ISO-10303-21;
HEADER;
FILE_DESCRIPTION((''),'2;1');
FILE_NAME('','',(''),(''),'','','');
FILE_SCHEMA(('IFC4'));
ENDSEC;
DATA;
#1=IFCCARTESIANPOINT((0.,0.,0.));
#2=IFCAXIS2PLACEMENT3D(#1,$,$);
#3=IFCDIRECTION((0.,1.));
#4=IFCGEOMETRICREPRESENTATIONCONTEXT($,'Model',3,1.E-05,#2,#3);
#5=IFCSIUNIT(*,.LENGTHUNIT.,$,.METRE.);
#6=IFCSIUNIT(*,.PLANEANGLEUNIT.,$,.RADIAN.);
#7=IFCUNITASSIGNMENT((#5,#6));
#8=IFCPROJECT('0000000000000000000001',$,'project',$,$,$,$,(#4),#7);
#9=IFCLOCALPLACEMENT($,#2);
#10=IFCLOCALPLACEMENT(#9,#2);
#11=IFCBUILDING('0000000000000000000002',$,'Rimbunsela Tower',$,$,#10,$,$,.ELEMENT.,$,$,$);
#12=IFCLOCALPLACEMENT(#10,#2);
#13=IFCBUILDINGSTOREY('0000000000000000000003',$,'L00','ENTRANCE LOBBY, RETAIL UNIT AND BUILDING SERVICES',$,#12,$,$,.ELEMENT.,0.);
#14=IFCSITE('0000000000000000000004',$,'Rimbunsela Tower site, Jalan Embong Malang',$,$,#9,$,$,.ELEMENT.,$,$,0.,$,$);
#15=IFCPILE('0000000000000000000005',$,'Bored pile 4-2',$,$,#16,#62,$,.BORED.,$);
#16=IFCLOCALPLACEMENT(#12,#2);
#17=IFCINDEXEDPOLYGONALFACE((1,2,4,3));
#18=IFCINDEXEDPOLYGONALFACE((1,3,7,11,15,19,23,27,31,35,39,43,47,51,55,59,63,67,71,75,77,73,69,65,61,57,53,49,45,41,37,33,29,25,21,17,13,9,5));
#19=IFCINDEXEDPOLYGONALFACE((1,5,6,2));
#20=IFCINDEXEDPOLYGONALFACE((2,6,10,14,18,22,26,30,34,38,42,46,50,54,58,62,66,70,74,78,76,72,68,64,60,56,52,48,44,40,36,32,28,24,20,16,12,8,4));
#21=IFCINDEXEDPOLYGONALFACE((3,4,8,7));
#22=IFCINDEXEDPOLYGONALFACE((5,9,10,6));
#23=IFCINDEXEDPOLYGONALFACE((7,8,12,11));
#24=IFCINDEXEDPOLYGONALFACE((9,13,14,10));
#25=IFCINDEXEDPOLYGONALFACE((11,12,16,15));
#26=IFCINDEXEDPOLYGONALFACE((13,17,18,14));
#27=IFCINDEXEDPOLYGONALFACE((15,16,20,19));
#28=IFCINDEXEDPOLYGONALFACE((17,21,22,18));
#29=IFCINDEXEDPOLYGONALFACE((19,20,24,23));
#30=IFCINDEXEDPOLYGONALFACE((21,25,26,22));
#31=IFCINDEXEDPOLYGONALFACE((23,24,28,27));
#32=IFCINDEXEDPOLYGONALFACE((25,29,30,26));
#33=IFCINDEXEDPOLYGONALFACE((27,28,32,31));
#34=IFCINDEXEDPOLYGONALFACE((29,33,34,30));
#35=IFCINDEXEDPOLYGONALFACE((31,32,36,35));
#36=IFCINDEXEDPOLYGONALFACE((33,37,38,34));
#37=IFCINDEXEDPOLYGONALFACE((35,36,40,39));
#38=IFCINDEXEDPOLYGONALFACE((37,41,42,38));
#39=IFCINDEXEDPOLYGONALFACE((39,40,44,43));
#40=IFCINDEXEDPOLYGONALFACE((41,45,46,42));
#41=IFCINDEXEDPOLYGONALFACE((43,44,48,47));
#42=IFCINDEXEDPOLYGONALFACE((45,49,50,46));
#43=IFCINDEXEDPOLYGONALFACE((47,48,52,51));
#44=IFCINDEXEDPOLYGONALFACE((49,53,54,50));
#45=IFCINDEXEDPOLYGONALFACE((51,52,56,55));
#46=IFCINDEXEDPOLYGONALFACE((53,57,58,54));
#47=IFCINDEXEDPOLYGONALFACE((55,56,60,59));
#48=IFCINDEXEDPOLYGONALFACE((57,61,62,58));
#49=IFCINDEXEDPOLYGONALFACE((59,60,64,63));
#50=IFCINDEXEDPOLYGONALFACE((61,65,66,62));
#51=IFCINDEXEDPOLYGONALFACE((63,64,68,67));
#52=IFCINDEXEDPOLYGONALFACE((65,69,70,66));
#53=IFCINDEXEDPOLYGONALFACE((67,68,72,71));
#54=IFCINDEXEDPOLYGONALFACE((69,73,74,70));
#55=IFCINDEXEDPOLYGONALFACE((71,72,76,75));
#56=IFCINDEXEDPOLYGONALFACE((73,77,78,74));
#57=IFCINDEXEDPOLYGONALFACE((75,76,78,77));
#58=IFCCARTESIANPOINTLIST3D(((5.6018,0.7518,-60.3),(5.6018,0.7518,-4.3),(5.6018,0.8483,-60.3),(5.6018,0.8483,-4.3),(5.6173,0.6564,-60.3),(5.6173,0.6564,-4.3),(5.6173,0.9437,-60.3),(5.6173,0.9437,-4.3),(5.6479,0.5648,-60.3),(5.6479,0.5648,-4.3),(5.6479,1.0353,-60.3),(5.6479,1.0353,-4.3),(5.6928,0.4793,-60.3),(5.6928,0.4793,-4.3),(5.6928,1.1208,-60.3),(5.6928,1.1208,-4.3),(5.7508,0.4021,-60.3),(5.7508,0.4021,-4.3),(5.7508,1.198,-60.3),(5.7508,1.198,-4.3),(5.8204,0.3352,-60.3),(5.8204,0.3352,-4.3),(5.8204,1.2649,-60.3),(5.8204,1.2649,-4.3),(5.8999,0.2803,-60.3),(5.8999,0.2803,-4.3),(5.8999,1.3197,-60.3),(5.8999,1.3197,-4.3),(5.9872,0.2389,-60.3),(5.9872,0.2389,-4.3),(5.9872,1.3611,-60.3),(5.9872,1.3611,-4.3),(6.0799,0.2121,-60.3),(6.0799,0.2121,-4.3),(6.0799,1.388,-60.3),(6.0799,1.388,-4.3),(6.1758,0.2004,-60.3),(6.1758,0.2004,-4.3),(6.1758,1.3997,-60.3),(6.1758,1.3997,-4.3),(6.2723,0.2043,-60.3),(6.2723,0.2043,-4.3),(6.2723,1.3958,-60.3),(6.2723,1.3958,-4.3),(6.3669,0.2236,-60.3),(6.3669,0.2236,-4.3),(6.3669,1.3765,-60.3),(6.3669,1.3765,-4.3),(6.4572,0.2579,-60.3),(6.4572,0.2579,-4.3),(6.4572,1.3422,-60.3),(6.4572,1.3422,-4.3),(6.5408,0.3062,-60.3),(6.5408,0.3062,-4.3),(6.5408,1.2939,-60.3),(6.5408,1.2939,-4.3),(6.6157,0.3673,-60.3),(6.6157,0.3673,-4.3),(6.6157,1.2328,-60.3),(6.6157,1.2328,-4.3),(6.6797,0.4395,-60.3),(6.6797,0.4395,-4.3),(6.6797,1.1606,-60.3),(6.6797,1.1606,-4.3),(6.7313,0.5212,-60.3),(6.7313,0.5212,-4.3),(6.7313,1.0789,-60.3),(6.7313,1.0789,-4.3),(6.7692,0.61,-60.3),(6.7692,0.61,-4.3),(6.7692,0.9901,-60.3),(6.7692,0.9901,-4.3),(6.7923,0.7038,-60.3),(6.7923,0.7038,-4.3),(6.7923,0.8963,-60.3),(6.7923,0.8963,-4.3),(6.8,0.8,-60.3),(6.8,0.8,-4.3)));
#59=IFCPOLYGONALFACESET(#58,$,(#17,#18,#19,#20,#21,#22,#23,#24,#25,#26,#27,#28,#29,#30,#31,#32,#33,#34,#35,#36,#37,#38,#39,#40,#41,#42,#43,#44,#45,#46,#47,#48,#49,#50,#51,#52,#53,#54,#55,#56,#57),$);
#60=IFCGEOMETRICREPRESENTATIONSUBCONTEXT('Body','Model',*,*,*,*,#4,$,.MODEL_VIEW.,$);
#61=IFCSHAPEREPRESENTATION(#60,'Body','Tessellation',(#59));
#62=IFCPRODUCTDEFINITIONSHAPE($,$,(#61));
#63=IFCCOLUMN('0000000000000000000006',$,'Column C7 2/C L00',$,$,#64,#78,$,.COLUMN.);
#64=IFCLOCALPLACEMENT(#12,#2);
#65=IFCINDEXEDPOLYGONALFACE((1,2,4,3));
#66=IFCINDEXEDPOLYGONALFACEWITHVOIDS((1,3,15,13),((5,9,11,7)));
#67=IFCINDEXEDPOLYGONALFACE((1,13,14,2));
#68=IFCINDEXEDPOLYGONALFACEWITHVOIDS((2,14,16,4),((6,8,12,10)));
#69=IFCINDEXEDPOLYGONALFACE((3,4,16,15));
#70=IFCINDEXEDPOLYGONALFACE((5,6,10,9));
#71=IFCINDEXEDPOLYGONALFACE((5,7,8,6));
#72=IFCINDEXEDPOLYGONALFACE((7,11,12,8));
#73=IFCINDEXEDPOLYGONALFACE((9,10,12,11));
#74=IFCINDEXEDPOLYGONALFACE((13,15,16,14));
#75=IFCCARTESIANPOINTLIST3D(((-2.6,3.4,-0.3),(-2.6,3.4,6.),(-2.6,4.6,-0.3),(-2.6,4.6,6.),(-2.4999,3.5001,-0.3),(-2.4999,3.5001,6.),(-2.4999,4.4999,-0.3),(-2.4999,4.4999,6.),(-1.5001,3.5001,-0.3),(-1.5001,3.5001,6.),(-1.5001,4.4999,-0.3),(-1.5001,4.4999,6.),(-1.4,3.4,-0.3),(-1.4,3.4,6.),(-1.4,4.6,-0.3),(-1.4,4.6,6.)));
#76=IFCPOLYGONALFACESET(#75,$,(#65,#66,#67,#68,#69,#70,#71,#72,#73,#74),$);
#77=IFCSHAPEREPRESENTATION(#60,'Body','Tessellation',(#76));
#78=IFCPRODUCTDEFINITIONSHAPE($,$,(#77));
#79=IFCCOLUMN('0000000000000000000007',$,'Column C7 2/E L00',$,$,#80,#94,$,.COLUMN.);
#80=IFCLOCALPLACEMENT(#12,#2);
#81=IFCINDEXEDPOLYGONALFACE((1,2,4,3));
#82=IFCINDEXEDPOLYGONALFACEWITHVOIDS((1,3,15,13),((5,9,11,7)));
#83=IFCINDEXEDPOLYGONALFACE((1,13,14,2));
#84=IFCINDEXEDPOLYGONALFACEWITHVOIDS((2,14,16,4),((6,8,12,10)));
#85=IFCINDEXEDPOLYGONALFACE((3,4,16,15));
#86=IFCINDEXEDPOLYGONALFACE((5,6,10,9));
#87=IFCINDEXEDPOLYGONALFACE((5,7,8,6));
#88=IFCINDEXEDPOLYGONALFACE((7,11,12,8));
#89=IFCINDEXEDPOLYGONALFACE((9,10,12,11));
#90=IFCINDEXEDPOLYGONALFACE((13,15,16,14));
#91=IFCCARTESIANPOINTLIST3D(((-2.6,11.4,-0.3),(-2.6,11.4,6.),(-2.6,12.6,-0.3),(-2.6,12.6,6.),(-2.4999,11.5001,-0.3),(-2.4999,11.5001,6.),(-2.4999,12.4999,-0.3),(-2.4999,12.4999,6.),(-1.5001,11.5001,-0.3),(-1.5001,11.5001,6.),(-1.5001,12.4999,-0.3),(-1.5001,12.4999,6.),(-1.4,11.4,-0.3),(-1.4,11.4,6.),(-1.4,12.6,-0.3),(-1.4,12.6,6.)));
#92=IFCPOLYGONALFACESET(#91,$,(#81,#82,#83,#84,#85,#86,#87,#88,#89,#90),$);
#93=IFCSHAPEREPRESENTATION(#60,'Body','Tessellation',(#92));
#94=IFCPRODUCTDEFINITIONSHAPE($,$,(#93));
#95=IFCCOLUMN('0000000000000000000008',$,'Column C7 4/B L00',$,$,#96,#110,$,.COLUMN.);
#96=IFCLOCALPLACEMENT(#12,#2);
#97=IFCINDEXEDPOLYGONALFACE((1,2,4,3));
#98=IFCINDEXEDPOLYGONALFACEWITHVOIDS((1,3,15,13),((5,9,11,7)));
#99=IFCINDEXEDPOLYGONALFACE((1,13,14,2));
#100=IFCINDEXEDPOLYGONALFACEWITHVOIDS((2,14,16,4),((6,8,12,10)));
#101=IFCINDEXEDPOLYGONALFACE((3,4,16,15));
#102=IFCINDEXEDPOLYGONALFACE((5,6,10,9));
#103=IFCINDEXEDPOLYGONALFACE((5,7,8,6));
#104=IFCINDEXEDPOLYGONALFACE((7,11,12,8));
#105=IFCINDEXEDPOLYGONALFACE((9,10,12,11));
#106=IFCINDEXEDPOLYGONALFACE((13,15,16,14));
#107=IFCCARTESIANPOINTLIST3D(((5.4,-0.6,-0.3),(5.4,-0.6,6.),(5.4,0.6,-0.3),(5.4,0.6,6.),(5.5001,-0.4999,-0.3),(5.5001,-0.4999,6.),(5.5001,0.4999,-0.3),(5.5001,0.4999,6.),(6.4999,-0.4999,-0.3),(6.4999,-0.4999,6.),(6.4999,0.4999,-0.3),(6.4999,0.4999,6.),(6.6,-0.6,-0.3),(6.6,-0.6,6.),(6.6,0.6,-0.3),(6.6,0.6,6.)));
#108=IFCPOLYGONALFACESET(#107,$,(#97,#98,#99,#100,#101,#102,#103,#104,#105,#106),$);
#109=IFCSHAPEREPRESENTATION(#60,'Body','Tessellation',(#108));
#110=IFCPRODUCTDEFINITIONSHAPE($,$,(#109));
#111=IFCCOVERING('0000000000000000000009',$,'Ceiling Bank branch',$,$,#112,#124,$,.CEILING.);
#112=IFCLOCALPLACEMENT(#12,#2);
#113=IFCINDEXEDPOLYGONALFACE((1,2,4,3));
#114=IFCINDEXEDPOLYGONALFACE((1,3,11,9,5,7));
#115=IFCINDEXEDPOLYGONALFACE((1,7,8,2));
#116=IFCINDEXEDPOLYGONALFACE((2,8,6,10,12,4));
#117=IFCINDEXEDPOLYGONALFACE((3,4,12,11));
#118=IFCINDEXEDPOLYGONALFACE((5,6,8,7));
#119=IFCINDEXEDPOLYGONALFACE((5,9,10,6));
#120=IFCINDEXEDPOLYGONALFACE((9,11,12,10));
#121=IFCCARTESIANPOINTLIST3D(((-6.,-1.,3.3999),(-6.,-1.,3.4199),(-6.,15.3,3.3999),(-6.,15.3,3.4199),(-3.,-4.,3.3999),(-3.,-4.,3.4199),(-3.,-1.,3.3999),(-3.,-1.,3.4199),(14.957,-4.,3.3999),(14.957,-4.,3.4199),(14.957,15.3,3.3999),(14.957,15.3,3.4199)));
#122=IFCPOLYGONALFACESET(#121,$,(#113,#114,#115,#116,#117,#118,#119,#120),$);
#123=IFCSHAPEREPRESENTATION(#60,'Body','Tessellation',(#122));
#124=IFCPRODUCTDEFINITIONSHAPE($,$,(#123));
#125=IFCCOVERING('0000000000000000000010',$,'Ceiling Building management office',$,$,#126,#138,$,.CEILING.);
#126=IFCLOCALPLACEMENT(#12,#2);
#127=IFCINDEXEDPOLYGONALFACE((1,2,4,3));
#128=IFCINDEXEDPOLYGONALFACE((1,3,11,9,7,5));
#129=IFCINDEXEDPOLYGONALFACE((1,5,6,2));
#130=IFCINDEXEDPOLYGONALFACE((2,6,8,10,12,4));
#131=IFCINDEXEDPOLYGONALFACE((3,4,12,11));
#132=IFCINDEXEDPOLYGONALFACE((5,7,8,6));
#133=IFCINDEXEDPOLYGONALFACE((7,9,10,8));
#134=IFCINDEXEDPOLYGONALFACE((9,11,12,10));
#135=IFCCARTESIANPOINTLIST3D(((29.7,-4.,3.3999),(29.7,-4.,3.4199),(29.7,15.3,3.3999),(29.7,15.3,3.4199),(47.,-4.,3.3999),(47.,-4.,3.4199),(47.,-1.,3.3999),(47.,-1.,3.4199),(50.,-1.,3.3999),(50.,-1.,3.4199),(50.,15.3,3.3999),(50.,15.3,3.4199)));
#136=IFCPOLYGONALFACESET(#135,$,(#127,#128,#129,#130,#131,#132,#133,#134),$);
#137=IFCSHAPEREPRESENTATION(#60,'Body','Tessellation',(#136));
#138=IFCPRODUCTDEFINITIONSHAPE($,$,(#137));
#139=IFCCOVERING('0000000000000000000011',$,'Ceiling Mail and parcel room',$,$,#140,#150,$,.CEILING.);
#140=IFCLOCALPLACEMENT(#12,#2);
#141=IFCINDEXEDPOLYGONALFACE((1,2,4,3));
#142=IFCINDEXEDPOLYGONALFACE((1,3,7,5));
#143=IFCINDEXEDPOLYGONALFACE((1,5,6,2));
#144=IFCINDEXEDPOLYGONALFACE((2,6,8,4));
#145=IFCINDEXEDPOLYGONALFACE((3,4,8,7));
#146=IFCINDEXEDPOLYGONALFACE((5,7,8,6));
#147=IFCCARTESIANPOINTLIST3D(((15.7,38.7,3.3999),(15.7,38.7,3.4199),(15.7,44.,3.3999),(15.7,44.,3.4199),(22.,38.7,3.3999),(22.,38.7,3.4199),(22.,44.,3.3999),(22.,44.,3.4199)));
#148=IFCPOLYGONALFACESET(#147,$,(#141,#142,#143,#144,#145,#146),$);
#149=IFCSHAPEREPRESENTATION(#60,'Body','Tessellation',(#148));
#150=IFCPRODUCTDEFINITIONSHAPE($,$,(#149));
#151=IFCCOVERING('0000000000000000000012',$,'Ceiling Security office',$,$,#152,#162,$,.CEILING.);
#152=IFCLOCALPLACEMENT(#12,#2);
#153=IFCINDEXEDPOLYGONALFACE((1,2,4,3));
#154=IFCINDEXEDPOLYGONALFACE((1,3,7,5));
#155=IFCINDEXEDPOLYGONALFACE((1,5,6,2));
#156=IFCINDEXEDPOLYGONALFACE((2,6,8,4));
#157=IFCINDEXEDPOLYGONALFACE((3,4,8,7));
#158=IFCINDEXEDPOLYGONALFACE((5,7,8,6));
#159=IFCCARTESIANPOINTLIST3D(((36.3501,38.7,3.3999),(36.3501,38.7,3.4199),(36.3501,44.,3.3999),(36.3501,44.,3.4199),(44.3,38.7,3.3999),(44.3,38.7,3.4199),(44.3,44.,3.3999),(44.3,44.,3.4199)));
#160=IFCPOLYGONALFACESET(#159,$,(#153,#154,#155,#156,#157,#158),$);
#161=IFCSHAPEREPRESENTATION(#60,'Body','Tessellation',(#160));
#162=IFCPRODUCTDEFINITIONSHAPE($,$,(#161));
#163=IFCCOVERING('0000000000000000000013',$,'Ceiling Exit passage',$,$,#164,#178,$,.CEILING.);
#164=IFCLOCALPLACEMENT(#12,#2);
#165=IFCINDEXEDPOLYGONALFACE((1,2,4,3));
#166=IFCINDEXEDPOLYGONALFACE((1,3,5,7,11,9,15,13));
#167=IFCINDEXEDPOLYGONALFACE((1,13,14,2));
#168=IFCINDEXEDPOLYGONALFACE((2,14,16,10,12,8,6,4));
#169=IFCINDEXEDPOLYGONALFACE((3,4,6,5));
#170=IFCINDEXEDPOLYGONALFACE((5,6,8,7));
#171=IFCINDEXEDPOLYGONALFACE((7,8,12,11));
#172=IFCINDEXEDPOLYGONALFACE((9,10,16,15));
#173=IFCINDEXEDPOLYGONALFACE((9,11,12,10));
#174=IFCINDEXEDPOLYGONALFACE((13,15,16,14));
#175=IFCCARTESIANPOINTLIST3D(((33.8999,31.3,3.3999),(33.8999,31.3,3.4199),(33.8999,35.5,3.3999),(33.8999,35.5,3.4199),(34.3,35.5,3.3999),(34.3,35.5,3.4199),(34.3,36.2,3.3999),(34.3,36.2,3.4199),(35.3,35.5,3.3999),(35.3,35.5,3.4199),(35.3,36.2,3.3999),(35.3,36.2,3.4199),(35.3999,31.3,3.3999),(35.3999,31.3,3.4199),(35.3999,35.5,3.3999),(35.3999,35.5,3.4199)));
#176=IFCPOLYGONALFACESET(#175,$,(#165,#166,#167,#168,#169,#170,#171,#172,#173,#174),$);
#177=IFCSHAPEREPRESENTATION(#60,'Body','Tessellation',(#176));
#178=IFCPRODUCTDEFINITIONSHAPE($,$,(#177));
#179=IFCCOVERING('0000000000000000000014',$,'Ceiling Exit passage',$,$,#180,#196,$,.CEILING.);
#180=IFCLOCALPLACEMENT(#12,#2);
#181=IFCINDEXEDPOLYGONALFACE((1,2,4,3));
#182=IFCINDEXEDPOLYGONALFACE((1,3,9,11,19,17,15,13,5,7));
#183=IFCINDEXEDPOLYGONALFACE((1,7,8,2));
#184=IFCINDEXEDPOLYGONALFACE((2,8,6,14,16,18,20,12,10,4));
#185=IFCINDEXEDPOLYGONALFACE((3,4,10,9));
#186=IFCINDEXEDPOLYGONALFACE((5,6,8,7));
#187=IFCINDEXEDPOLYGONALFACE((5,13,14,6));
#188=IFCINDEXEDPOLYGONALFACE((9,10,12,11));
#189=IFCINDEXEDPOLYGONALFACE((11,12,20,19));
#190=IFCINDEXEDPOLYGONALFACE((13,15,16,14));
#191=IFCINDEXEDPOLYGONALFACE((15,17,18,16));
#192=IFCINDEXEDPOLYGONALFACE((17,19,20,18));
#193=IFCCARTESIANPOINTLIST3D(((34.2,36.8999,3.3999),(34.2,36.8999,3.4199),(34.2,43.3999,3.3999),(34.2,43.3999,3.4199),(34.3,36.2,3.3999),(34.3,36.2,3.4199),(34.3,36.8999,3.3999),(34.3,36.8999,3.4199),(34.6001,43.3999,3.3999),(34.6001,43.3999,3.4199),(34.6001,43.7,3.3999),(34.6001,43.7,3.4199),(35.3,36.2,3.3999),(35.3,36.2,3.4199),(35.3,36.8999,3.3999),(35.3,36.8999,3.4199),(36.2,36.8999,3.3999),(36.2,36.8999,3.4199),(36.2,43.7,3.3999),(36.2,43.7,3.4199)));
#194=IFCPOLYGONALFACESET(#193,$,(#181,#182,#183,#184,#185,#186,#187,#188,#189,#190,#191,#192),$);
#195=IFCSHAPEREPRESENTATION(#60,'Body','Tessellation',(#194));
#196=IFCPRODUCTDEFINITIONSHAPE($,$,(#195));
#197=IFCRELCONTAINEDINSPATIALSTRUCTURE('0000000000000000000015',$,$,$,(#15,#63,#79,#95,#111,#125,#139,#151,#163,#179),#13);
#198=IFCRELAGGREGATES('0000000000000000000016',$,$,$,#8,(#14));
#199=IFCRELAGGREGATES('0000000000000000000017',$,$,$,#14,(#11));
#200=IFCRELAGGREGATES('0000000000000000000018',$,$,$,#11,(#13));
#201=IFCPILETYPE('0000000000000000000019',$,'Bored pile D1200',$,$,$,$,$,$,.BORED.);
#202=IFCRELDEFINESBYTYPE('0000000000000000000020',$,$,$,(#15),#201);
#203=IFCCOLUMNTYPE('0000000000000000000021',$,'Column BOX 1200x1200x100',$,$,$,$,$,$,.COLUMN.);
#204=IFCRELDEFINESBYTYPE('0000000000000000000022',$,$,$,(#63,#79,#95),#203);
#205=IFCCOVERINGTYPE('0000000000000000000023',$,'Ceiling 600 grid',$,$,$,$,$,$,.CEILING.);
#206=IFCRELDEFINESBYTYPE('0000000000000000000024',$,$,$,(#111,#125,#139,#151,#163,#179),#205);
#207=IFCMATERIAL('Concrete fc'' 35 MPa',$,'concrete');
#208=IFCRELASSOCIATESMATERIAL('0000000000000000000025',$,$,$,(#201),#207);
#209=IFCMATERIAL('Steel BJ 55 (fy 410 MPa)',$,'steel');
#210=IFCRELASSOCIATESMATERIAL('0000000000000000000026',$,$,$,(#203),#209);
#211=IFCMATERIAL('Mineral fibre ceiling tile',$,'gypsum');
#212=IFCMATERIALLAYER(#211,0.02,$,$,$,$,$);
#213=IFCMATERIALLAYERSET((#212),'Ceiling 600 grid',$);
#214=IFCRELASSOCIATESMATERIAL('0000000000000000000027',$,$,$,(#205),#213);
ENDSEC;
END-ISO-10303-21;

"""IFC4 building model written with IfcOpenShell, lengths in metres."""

from ifc_helpers import new_model, si_unit, direction, frame, origin, origin_2d, place, context, subcontext, project, spatial, polyline, hollow_rectangle, circle, outline, extrude, material, layer, layer_set, material_profile, profile_set, type_object, element, save


model = new_model("IFC4")

# Units and contexts
model_context = context("Model", 3, precision=1e-05, world=origin(), true_north=direction((0.0, 1.0)))
body_context = subcontext(model_context, "Body", "Model", "MODEL_VIEW")
ifc_project = project(units=[si_unit("LENGTHUNIT", "METRE"), si_unit("PLANEANGLEUNIT", "RADIAN")], contexts=[model_context])

# Site, building, storey
site_placement = place(None, origin())
site = spatial("IfcSite", under=ifc_project, at=site_placement, Name="Rimbunsela Tower site, Jalan Embong Malang", CompositionType="ELEMENT", RefElevation=0.0)
building_placement = place(site_placement, origin())
building = spatial("IfcBuilding", under=site, at=building_placement, Name="Rimbunsela Tower", CompositionType="ELEMENT")
storey_placement = place(building_placement, origin())
storey = spatial("IfcBuildingStorey", under=building, at=storey_placement, Name="L00", Description="ENTRANCE LOBBY, RETAIL UNIT AND BUILDING SERVICES", CompositionType="ELEMENT", Elevation=0.0)

# Pile
ifc_material_1 = material(Name="Concrete fc' 35 MPa", Category="concrete")
ifc_material_profile_1 = material_profile(ifc_material_1, circle(Radius=0.6001, at=origin_2d()), Name="BP D1200")
ifc_profile_set_1 = profile_set([ifc_material_profile_1], Name="Concrete fc' 35 MPa")
pile_type = type_object("IfcPileType", Name="Bored pile D1200", PredefinedType="BORED", material=ifc_profile_set_1)
for number, where, z_axis, x_axis, name in (
    (1, (6.2, 0.8, -4.3), (0.0, 0.0, -1.0), (1.0, 0.0, 0.0), "Bored pile 4-2"),
):
    element("IfcPile", number, at=place(storey_placement, frame(where, z_axis=z_axis, x_axis=x_axis)), inside=storey, type_object=pile_type, Name=name, PredefinedType="BORED", context=body_context, shape_type="SweptSolid", body=[
        extrude(circle(Radius=0.6001, at=origin_2d()), origin(), (0.0, 0.0, 1.0), 56.0),
    ])

# Columns
ifc_material_2 = material(Name="Steel BJ 55 (fy 410 MPa)", Category="steel")
ifc_material_profile_2 = material_profile(ifc_material_2, hollow_rectangle(XDim=1.2, YDim=1.2, WallThickness=0.1001, at=origin_2d()), Name="BOX 1200x1200x100")
ifc_profile_set_2 = profile_set([ifc_material_profile_2], Name="Steel BJ 55 (fy 410 MPa)")
column_type = type_object("IfcColumnType", Name="Column BOX 1200x1200x100", PredefinedType="COLUMN", material=ifc_profile_set_2)
for number, where, z_axis, x_axis, name in (
    (2, (-2.0, 4.0, -0.3), (0.0, 0.0, 1.0), (1.0, 0.0, 0.0), "Column C7 2/C L00"),
    (3, (-2.0, 12.0, -0.3), (0.0, 0.0, 1.0), (1.0, 0.0, 0.0), "Column C7 2/E L00"),
    (4, (6.0, 0.0, -0.3), (0.0, 0.0, 1.0), (1.0, 0.0, 0.0), "Column C7 4/B L00"),
):
    element("IfcColumn", number, at=place(storey_placement, frame(where, z_axis=z_axis, x_axis=x_axis)), inside=storey, type_object=column_type, Name=name, PredefinedType="COLUMN", context=body_context, shape_type="SweptSolid", body=[
        extrude(hollow_rectangle(XDim=1.2, YDim=1.2, WallThickness=0.1001, at=origin_2d()), origin(), (0.0, 0.0, 1.0), 6.3),
    ])

# Coverings
ifc_material_3 = material(Name="Mineral fibre ceiling tile", Category="gypsum")
ifc_layer = layer(ifc_material_3, 0.02)
ifc_layer_set = layer_set([ifc_layer], Name="Ceiling 600 grid")
covering_type = type_object("IfcCoveringType", Name="Ceiling 600 grid", PredefinedType="CEILING", material=ifc_layer_set)
covering_1_placement = place(storey_placement, frame((0.0, 0.0, 3.3999)))
element("IfcCovering", 5, at=covering_1_placement, inside=storey, type_object=covering_type, Name="Ceiling Bank branch", PredefinedType="CEILING", context=body_context, shape_type="SweptSolid", body=[
    extrude(outline(polyline([(-3.0, -4.0), (-3.0, -1.0), (-6.0, -1.0), (-6.0, 15.3), (14.957, 15.3), (14.957, -4.0), (-3.0, -4.0)])), origin(), (0.0, 0.0, 1.0), 0.02),
])
covering_2_placement = place(storey_placement, frame((0.0, 0.0, 3.3999)))
element("IfcCovering", 6, at=covering_2_placement, inside=storey, type_object=covering_type, Name="Ceiling Building management office", PredefinedType="CEILING", context=body_context, shape_type="SweptSolid", body=[
    extrude(outline(polyline([(50.0, -1.0), (47.0, -1.0), (47.0, -4.0), (29.7, -4.0), (29.7, 15.3), (50.0, 15.3), (50.0, -1.0)])), origin(), (0.0, 0.0, 1.0), 0.02),
])
covering_3_placement = place(storey_placement, frame((0.0, 0.0, 3.3999)))
element("IfcCovering", 7, at=covering_3_placement, inside=storey, type_object=covering_type, Name="Ceiling Mail and parcel room", PredefinedType="CEILING", context=body_context, shape_type="SweptSolid", body=[
    extrude(outline(polyline([(22.0, 44.0), (22.0, 38.7), (15.7, 38.7), (15.7, 44.0), (22.0, 44.0)])), origin(), (0.0, 0.0, 1.0), 0.02),
])
covering_4_placement = place(storey_placement, frame((0.0, 0.0, 3.3999)))
element("IfcCovering", 8, at=covering_4_placement, inside=storey, type_object=covering_type, Name="Ceiling Security office", PredefinedType="CEILING", context=body_context, shape_type="SweptSolid", body=[
    extrude(outline(polyline([(44.3, 44.0), (44.3, 38.7), (36.3501, 38.7), (36.3501, 44.0), (44.3, 44.0)])), origin(), (0.0, 0.0, 1.0), 0.02),
])
covering_5_placement = place(storey_placement, frame((0.0, 0.0, 3.3999)))
element("IfcCovering", 9, at=covering_5_placement, inside=storey, type_object=covering_type, Name="Ceiling Exit passage", PredefinedType="CEILING", context=body_context, shape_type="SweptSolid", body=[
    extrude(outline(polyline([(35.3999, 35.5), (35.3999, 31.3), (33.8999, 31.3), (33.8999, 35.5), (34.3, 35.5), (34.3, 36.2), (35.3, 36.2), (35.3, 35.5), (35.3999, 35.5)])), origin(), (0.0, 0.0, 1.0), 0.02),
])
covering_6_placement = place(storey_placement, frame((0.0, 0.0, 3.3999)))
element("IfcCovering", 10, at=covering_6_placement, inside=storey, type_object=covering_type, Name="Ceiling Exit passage", PredefinedType="CEILING", context=body_context, shape_type="SweptSolid", body=[
    extrude(outline(polyline([(35.3, 36.2), (34.3, 36.2), (34.3, 36.8999), (34.2, 36.8999), (34.2, 43.3999), (34.6001, 43.3999), (34.6001, 43.7), (36.2, 43.7), (36.2, 36.8999), (35.3, 36.8999), (35.3, 36.2)])), origin(), (0.0, 0.0, 1.0), 0.02),
])

save(model, "model.ifc")
